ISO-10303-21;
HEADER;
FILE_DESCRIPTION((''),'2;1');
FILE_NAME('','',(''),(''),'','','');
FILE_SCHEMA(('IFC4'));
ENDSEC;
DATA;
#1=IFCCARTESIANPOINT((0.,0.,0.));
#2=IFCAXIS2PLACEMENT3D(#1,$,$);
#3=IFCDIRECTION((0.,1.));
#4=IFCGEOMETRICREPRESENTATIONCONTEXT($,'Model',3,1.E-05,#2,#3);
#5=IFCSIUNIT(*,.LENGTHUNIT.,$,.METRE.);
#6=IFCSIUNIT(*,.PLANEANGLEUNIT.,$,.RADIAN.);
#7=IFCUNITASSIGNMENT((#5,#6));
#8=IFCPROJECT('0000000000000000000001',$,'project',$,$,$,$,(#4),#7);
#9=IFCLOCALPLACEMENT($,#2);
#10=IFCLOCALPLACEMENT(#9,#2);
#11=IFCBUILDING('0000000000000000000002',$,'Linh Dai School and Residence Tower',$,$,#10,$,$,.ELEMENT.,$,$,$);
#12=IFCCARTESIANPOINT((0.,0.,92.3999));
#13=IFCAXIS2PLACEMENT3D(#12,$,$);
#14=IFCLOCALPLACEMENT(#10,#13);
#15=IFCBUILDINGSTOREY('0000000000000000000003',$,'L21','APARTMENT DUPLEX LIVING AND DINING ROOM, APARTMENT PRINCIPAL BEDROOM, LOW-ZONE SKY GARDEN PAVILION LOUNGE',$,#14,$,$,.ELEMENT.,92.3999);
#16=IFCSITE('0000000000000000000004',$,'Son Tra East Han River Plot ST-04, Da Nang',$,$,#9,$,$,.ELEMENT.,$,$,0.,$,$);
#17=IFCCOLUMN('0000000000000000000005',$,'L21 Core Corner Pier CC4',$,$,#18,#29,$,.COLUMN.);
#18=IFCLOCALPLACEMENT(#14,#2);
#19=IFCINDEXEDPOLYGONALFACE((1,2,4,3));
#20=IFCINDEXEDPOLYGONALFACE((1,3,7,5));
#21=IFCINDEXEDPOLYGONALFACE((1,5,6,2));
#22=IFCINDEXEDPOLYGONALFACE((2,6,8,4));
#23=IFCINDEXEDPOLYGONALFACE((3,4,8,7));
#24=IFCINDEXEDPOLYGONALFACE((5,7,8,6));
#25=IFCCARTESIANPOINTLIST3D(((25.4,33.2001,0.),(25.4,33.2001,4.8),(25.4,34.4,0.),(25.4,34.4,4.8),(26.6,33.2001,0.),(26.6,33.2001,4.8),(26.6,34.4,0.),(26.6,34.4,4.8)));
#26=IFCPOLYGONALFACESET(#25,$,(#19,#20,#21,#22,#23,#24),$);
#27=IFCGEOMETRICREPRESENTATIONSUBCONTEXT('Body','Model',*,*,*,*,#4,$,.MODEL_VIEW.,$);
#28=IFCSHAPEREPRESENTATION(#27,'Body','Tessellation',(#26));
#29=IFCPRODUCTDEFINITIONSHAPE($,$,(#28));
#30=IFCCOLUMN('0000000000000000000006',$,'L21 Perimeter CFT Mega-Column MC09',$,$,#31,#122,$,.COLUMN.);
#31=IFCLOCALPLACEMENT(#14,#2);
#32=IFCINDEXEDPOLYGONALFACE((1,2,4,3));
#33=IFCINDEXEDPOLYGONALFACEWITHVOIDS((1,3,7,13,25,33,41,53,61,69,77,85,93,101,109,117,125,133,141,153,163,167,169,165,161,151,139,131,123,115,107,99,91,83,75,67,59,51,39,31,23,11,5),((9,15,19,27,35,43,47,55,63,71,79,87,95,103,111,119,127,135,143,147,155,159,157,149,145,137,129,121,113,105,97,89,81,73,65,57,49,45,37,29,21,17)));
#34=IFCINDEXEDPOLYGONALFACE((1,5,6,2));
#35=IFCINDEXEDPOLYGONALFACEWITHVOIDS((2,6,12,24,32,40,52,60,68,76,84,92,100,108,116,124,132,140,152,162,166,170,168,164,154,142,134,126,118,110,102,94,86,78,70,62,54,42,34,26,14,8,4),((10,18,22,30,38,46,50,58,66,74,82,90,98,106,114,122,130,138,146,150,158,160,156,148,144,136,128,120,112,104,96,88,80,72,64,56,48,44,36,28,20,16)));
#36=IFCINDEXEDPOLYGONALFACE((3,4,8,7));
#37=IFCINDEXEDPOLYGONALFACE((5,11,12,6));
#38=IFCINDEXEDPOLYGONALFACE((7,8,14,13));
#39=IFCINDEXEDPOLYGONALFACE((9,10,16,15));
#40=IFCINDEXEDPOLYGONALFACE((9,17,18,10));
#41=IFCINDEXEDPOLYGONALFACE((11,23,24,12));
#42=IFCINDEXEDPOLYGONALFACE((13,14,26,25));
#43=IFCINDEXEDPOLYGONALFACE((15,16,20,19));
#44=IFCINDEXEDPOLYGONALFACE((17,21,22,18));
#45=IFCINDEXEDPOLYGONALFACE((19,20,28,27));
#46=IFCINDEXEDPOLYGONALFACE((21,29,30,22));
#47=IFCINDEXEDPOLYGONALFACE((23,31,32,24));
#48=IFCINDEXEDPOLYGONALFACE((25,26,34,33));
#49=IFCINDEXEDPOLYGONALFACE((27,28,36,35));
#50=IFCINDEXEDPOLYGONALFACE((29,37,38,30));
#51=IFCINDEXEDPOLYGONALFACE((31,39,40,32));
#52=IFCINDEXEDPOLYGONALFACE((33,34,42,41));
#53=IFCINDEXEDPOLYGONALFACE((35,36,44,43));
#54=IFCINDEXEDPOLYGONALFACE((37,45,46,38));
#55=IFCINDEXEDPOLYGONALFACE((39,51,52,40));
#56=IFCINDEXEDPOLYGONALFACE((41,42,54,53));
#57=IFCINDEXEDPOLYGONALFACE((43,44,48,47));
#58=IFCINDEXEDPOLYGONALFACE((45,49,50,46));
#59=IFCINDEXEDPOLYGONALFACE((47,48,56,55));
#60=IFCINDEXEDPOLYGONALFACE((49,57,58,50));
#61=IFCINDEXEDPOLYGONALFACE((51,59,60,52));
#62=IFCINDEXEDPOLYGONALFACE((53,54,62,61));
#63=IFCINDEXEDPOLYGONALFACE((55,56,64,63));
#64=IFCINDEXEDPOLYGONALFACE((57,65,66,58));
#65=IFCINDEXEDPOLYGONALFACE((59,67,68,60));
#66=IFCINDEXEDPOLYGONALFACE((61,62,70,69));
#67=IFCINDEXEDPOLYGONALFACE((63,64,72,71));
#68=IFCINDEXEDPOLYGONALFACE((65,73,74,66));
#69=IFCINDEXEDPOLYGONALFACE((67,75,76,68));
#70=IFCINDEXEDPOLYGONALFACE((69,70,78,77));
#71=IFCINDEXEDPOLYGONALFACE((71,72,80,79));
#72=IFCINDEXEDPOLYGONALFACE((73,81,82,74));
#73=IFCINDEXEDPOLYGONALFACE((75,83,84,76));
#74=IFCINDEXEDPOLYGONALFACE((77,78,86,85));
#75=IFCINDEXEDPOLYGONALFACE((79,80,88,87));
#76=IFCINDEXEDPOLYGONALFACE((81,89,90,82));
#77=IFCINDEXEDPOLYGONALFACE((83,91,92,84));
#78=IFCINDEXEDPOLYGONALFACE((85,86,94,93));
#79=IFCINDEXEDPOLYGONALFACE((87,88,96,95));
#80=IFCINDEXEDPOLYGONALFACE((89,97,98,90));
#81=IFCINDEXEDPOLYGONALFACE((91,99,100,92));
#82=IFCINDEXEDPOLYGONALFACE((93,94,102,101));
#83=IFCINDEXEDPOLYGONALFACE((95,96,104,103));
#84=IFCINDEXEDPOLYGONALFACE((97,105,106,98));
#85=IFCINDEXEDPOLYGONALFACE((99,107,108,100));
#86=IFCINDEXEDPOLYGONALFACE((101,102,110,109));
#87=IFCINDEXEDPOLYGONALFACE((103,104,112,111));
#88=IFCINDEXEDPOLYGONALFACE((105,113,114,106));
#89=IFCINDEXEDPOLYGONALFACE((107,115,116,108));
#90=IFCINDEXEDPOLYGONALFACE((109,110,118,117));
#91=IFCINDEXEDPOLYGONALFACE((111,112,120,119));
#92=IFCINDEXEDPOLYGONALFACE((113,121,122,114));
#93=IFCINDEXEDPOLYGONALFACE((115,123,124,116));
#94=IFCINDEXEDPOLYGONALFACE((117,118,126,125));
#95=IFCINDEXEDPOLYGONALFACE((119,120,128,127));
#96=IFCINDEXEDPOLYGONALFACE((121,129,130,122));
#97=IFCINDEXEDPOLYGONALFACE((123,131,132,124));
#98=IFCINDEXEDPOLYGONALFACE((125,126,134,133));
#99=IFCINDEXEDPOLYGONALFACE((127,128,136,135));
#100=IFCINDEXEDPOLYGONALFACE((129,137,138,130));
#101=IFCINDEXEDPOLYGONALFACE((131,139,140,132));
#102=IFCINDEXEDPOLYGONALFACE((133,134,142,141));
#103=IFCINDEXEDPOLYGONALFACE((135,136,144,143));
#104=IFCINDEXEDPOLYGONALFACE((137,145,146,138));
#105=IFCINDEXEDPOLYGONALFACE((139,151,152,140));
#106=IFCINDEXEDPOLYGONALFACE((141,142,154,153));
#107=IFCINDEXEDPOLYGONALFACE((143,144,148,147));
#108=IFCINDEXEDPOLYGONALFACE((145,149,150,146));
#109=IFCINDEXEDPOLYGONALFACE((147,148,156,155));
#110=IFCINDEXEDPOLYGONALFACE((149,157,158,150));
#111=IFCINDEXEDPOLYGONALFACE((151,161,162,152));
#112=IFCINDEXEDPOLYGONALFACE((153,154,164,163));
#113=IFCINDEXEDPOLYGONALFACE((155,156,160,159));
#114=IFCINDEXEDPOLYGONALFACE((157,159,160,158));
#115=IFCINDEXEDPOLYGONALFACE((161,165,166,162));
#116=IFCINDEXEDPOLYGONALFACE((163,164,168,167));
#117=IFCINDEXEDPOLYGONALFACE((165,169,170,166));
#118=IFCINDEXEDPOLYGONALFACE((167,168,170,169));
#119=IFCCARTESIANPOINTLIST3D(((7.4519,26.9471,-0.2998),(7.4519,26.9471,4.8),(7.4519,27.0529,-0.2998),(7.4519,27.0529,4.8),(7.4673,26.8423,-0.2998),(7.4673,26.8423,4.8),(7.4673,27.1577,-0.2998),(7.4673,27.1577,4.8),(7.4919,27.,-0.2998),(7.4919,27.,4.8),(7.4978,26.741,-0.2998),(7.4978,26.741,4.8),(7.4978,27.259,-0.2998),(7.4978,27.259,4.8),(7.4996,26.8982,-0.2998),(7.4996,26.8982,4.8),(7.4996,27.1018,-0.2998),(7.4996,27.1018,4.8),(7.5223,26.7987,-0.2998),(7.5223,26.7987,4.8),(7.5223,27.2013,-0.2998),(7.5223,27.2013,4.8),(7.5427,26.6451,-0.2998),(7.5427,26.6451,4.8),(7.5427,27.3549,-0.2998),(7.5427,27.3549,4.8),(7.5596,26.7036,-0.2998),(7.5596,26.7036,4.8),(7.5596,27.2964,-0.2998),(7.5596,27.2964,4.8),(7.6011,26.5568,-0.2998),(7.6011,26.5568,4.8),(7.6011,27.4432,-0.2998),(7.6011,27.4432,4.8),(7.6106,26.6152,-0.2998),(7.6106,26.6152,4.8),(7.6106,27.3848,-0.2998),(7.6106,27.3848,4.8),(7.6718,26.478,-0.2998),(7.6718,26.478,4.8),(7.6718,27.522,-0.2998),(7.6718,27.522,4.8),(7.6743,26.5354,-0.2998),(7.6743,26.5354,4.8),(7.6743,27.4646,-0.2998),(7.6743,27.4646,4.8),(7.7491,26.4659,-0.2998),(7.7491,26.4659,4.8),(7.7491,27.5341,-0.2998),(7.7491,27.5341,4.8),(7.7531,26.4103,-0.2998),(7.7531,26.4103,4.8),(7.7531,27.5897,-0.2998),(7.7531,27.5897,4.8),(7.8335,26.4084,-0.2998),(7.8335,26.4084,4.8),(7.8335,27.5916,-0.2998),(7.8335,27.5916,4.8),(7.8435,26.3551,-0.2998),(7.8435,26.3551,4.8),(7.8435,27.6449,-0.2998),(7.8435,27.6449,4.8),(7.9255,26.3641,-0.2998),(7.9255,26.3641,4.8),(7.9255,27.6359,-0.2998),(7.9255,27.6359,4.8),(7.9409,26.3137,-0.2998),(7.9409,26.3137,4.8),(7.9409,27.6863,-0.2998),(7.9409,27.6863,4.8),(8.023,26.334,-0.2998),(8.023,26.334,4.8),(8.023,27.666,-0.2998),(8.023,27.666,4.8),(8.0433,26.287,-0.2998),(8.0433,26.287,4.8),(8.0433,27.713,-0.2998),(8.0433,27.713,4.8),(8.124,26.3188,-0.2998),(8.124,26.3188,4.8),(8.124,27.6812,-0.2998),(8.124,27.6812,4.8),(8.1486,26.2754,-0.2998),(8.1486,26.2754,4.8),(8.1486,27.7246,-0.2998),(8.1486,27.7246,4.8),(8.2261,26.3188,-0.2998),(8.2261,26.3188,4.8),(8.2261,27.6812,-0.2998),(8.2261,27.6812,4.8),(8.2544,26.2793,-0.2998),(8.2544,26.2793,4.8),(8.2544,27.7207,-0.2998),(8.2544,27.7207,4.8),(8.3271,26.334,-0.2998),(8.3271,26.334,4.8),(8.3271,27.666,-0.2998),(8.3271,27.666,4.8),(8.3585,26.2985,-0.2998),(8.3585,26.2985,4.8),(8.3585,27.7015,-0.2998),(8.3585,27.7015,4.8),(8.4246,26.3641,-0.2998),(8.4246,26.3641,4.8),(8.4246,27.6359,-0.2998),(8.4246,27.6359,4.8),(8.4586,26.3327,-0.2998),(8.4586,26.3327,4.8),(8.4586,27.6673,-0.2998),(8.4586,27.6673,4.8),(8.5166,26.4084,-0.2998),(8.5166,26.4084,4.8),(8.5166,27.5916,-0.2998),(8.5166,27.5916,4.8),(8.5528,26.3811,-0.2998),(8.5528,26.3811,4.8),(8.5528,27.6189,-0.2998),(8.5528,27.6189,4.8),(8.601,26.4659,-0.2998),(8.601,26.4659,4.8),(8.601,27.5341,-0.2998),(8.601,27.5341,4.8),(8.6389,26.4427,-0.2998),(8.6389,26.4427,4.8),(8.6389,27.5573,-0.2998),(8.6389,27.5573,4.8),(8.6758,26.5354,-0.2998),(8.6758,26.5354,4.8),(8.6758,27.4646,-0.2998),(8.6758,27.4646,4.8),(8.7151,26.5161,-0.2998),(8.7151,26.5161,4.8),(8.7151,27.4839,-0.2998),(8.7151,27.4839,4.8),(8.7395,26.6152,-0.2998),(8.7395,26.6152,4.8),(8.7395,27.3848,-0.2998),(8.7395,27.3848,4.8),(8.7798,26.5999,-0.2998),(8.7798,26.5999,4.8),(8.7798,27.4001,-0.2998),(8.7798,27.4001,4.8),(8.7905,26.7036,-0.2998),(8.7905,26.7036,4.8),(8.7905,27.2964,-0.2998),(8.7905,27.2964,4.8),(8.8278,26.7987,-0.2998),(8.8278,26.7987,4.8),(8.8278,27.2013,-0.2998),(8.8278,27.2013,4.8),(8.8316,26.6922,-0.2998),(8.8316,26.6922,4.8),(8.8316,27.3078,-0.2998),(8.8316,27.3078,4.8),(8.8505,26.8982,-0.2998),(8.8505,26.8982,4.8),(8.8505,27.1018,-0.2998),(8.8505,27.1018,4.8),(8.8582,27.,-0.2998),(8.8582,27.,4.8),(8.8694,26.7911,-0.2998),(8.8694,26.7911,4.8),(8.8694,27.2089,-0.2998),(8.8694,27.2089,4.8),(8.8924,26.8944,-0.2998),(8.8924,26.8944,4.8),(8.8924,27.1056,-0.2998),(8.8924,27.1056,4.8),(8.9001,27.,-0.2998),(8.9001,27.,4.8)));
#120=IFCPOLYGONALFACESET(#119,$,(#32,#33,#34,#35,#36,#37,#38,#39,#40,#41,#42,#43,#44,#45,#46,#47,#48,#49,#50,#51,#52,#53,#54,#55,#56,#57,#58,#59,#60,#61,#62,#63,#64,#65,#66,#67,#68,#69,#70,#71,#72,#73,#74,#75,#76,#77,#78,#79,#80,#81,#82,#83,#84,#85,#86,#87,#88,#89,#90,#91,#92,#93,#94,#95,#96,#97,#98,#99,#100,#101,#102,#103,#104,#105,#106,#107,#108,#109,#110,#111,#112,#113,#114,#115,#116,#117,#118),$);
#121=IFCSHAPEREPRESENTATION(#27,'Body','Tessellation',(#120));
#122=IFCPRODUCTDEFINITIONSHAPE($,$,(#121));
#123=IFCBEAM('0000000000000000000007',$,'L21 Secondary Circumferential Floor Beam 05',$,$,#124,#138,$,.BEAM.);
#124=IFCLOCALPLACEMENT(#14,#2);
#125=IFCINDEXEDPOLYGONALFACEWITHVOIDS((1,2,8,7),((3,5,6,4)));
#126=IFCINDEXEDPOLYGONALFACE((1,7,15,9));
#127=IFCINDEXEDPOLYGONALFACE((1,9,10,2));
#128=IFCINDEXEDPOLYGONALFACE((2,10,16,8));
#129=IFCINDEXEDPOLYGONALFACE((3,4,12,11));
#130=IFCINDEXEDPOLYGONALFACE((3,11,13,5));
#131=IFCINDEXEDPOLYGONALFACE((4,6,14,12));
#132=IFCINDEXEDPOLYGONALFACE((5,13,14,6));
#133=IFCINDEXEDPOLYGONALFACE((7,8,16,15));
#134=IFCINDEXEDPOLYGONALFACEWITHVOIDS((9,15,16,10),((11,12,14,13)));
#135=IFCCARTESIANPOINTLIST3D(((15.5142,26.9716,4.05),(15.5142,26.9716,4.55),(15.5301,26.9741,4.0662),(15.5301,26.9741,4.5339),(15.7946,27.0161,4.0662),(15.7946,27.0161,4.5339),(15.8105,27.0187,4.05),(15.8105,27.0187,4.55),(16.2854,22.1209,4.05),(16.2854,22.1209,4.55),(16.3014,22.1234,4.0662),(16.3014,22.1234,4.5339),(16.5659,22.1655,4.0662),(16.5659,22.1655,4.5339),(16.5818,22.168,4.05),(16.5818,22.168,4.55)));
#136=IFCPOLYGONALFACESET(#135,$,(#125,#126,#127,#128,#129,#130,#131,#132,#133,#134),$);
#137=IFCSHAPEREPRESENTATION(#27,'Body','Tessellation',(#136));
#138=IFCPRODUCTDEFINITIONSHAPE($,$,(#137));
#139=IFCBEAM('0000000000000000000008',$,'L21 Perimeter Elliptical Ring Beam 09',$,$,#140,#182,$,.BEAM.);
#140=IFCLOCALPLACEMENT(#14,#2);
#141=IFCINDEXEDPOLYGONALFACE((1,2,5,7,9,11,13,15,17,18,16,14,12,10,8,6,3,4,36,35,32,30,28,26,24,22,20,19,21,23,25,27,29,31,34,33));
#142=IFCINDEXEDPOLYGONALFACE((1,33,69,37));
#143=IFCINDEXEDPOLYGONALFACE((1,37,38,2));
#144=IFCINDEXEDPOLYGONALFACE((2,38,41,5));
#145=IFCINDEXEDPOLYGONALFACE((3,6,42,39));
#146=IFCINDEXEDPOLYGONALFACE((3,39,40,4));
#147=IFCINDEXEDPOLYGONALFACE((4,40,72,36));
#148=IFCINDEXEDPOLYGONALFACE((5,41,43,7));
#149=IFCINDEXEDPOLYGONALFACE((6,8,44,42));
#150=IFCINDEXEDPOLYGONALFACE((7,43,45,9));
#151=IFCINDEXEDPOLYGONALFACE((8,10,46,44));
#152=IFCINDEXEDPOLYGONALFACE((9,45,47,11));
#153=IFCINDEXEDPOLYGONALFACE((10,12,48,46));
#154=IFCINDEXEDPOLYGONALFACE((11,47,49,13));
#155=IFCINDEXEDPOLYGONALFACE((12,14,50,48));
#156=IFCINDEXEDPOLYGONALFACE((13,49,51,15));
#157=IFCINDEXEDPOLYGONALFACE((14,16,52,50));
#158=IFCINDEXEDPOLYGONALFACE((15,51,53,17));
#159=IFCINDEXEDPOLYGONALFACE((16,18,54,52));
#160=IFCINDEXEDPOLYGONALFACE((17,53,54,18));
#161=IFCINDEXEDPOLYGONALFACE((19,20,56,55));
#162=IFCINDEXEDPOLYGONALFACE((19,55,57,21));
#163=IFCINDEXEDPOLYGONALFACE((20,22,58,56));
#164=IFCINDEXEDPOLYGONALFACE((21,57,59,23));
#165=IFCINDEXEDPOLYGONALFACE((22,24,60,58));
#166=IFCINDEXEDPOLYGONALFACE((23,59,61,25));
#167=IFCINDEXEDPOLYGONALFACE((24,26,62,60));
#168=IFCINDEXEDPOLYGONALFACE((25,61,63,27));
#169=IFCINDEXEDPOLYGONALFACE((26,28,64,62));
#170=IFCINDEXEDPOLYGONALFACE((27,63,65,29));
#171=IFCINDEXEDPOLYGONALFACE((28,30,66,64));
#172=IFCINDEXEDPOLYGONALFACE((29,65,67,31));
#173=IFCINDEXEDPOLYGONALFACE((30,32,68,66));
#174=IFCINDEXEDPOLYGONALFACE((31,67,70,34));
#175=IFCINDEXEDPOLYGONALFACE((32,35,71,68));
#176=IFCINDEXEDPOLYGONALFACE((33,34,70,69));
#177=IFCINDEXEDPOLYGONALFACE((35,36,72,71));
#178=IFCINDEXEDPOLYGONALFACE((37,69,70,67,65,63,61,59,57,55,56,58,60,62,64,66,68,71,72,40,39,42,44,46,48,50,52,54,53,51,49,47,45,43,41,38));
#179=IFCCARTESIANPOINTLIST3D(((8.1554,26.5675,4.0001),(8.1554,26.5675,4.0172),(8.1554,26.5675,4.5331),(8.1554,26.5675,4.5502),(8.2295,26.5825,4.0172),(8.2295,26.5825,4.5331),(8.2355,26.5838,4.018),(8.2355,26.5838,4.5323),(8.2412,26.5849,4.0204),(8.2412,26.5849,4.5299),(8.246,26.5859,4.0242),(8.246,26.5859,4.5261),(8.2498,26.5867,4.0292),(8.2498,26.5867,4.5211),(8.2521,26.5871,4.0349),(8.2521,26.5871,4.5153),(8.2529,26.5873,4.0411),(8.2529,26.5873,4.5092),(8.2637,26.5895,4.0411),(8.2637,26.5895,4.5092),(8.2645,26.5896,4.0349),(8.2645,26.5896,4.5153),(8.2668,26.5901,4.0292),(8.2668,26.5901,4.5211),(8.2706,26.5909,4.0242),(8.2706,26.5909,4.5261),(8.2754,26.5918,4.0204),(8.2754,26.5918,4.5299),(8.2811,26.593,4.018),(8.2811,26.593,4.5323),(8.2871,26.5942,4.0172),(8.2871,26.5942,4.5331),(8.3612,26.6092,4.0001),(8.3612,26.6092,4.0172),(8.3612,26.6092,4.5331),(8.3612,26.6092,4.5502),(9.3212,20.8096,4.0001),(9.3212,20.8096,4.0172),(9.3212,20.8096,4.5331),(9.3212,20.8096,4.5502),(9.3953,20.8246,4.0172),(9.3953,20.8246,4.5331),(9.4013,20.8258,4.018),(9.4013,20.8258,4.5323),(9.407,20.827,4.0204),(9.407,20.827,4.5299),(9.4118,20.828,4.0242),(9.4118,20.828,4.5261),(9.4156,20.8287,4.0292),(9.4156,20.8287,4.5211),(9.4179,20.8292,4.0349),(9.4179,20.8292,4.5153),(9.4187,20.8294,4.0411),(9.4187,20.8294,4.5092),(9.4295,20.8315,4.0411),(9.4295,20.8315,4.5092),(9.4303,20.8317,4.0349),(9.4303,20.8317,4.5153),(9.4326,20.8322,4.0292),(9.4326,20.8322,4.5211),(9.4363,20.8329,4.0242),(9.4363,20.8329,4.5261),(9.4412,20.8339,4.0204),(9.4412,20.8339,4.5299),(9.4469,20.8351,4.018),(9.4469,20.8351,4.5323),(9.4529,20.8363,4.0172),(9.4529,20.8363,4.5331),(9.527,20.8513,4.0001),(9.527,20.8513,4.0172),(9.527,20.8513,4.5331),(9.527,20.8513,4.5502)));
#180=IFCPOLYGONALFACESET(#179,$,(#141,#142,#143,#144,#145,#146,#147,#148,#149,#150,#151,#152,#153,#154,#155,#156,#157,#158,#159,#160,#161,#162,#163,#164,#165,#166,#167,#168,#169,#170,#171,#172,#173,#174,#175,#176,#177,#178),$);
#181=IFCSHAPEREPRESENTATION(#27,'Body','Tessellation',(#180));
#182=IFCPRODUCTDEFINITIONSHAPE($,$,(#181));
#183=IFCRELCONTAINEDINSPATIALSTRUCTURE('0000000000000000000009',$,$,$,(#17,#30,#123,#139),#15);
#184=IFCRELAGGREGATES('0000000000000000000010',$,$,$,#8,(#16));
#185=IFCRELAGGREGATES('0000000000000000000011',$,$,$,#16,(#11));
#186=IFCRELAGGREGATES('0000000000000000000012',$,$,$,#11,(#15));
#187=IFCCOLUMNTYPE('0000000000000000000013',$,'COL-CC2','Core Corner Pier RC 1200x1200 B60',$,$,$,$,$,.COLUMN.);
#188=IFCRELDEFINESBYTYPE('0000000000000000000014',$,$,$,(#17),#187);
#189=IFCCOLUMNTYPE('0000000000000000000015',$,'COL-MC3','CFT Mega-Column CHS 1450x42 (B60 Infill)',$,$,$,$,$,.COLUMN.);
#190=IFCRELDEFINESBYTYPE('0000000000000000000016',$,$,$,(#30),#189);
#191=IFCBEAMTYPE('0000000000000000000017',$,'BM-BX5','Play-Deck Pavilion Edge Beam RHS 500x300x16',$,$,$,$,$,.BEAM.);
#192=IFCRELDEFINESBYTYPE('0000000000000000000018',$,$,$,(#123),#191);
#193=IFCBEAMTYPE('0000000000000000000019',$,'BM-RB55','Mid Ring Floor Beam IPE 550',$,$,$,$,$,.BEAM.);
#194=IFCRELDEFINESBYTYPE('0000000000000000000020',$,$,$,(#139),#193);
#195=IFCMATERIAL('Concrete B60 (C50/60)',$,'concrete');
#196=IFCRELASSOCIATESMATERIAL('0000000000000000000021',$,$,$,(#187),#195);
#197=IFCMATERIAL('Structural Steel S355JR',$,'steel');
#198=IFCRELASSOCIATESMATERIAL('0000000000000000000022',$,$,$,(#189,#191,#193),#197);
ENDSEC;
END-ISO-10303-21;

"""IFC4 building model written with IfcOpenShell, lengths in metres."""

from ifc_helpers import new_model, si_unit, direction, frame, origin, origin_2d, place, context, subcontext, project, spatial, rectangle, hollow_rectangle, hollow_circle, i_section, extrude, material, material_profile, profile_set, type_object, element, save


model = new_model("IFC4")

# Units and contexts
model_context = context("Model", 3, precision=1e-05, world=origin(), true_north=direction((0.0, 1.0)))
body_context = subcontext(model_context, "Body", "Model", "MODEL_VIEW")
ifc_project = project(units=[si_unit("LENGTHUNIT", "METRE"), si_unit("PLANEANGLEUNIT", "RADIAN")], contexts=[model_context])

# Site, building, storey
site_placement = place(None, origin())
site = spatial("IfcSite", under=ifc_project, at=site_placement, Name="Son Tra East Han River Plot ST-04, Da Nang", CompositionType="ELEMENT", RefElevation=0.0)
building_placement = place(site_placement, origin())
building = spatial("IfcBuilding", under=site, at=building_placement, Name="Linh Dai School and Residence Tower", CompositionType="ELEMENT")
storey_placement = place(building_placement, frame((0.0, 0.0, 92.3999)))
storey = spatial("IfcBuildingStorey", under=building, at=storey_placement, Name="L21", Description="APARTMENT DUPLEX LIVING AND DINING ROOM, APARTMENT PRINCIPAL BEDROOM, LOW-ZONE SKY GARDEN PAVILION LOUNGE", CompositionType="ELEMENT", Elevation=92.3999)

# Columns
ifc_material_1 = material(Name="Concrete B60 (C50/60)", Category="concrete")
ifc_material_profile_1 = material_profile(ifc_material_1, rectangle(XDim=1.2, YDim=1.2, at=origin_2d()), Name="RC 1200x1200")
ifc_profile_set_1 = profile_set([ifc_material_profile_1], Name="Concrete B60 (C50/60)")
column_type_1 = type_object("IfcColumnType", Name="COL-CC2", Description="Core Corner Pier RC 1200x1200 B60", PredefinedType="COLUMN", material=ifc_profile_set_1)
column_1_placement = place(storey_placement, frame((26.0, 33.8, 0.0), z_axis=(0.0, 0.0, 1.0), x_axis=(1.0, 0.0, 0.0)))
element("IfcColumn", 1, at=column_1_placement, inside=storey, type_object=column_type_1, Name="L21 Core Corner Pier CC4", PredefinedType="COLUMN", context=body_context, shape_type="SweptSolid", body=[
    extrude(rectangle(XDim=1.2, YDim=1.2, at=origin_2d()), origin(), (0.0, 0.0, 1.0), 4.8),
])
ifc_material_2 = material(Name="Structural Steel S355JR", Category="steel")
ifc_material_profile_2 = material_profile(ifc_material_2, hollow_circle(Radius=0.7251, WallThickness=0.042, at=origin_2d()), Name="CHS 1450x42")
ifc_profile_set_2 = profile_set([ifc_material_profile_2], Name="Structural Steel S355JR")
column_type_2 = type_object("IfcColumnType", Name="COL-MC3", Description="CFT Mega-Column CHS 1450x42 (B60 Infill)", PredefinedType="COLUMN", material=ifc_profile_set_2)
column_2_placement = place(storey_placement, frame((8.175, 27.0, -0.2998), z_axis=(0.0, 0.0, 1.0), x_axis=(1.0, 0.0, 0.0)))
element("IfcColumn", 2, at=column_2_placement, inside=storey, type_object=column_type_2, Name="L21 Perimeter CFT Mega-Column MC09", PredefinedType="COLUMN", context=body_context, shape_type="SweptSolid", body=[
    extrude(hollow_circle(Radius=0.7251, WallThickness=0.042, at=origin_2d()), origin(), (0.0, 0.0, 1.0), 5.0999),
])

# Beams
ifc_material_profile_3 = material_profile(ifc_material_2, hollow_rectangle(XDim=0.3, YDim=0.5, WallThickness=0.0161, at=origin_2d()), Name="RHS 500x300x16")
ifc_profile_set_3 = profile_set([ifc_material_profile_3], Name="Structural Steel S355JR")
beam_type_1 = type_object("IfcBeamType", Name="BM-BX5", Description="Play-Deck Pavilion Edge Beam RHS 500x300x16", PredefinedType="BEAM", material=ifc_profile_set_3)
beam_1_placement = place(storey_placement, frame((15.6624, 26.9951, 4.3), z_axis=(0.157027, -0.987594, 0.0), x_axis=(0.987594, 0.157027, 0.0)))
element("IfcBeam", 3, at=beam_1_placement, inside=storey, type_object=beam_type_1, Name="L21 Secondary Circumferential Floor Beam 05", PredefinedType="BEAM", context=body_context, shape_type="SweptSolid", body=[
    extrude(hollow_rectangle(XDim=0.3, YDim=0.5, WallThickness=0.0161, at=origin_2d()), origin(), (0.0, 0.0, 1.0), 4.9116),
])
ifc_material_profile_4 = material_profile(ifc_material_2, i_section(OverallWidth=0.21, OverallDepth=0.55, WebThickness=0.011, FlangeThickness=0.0171, FilletRadius=0.0239, at=origin_2d()), Name="IPE 550")
ifc_profile_set_4 = profile_set([ifc_material_profile_4], Name="Structural Steel S355JR")
beam_type_2 = type_object("IfcBeamType", Name="BM-RB55", Description="Mid Ring Floor Beam IPE 550", PredefinedType="BEAM", material=ifc_profile_set_4)
beam_2_placement = place(storey_placement, frame((8.2583, 26.5884, 4.2751), z_axis=(0.198441, -0.980113, 0.0), x_axis=(0.980113, 0.198441, 0.0)))
element("IfcBeam", 4, at=beam_2_placement, inside=storey, type_object=beam_type_2, Name="L21 Perimeter Elliptical Ring Beam 09", PredefinedType="BEAM", context=body_context, shape_type="SweptSolid", body=[
    extrude(i_section(OverallWidth=0.21, OverallDepth=0.55, WebThickness=0.011, FlangeThickness=0.0171, FilletRadius=0.0239, at=origin_2d()), origin(), (0.0, 0.0, 1.0), 5.8748),
])

save(model, "model.ifc")
